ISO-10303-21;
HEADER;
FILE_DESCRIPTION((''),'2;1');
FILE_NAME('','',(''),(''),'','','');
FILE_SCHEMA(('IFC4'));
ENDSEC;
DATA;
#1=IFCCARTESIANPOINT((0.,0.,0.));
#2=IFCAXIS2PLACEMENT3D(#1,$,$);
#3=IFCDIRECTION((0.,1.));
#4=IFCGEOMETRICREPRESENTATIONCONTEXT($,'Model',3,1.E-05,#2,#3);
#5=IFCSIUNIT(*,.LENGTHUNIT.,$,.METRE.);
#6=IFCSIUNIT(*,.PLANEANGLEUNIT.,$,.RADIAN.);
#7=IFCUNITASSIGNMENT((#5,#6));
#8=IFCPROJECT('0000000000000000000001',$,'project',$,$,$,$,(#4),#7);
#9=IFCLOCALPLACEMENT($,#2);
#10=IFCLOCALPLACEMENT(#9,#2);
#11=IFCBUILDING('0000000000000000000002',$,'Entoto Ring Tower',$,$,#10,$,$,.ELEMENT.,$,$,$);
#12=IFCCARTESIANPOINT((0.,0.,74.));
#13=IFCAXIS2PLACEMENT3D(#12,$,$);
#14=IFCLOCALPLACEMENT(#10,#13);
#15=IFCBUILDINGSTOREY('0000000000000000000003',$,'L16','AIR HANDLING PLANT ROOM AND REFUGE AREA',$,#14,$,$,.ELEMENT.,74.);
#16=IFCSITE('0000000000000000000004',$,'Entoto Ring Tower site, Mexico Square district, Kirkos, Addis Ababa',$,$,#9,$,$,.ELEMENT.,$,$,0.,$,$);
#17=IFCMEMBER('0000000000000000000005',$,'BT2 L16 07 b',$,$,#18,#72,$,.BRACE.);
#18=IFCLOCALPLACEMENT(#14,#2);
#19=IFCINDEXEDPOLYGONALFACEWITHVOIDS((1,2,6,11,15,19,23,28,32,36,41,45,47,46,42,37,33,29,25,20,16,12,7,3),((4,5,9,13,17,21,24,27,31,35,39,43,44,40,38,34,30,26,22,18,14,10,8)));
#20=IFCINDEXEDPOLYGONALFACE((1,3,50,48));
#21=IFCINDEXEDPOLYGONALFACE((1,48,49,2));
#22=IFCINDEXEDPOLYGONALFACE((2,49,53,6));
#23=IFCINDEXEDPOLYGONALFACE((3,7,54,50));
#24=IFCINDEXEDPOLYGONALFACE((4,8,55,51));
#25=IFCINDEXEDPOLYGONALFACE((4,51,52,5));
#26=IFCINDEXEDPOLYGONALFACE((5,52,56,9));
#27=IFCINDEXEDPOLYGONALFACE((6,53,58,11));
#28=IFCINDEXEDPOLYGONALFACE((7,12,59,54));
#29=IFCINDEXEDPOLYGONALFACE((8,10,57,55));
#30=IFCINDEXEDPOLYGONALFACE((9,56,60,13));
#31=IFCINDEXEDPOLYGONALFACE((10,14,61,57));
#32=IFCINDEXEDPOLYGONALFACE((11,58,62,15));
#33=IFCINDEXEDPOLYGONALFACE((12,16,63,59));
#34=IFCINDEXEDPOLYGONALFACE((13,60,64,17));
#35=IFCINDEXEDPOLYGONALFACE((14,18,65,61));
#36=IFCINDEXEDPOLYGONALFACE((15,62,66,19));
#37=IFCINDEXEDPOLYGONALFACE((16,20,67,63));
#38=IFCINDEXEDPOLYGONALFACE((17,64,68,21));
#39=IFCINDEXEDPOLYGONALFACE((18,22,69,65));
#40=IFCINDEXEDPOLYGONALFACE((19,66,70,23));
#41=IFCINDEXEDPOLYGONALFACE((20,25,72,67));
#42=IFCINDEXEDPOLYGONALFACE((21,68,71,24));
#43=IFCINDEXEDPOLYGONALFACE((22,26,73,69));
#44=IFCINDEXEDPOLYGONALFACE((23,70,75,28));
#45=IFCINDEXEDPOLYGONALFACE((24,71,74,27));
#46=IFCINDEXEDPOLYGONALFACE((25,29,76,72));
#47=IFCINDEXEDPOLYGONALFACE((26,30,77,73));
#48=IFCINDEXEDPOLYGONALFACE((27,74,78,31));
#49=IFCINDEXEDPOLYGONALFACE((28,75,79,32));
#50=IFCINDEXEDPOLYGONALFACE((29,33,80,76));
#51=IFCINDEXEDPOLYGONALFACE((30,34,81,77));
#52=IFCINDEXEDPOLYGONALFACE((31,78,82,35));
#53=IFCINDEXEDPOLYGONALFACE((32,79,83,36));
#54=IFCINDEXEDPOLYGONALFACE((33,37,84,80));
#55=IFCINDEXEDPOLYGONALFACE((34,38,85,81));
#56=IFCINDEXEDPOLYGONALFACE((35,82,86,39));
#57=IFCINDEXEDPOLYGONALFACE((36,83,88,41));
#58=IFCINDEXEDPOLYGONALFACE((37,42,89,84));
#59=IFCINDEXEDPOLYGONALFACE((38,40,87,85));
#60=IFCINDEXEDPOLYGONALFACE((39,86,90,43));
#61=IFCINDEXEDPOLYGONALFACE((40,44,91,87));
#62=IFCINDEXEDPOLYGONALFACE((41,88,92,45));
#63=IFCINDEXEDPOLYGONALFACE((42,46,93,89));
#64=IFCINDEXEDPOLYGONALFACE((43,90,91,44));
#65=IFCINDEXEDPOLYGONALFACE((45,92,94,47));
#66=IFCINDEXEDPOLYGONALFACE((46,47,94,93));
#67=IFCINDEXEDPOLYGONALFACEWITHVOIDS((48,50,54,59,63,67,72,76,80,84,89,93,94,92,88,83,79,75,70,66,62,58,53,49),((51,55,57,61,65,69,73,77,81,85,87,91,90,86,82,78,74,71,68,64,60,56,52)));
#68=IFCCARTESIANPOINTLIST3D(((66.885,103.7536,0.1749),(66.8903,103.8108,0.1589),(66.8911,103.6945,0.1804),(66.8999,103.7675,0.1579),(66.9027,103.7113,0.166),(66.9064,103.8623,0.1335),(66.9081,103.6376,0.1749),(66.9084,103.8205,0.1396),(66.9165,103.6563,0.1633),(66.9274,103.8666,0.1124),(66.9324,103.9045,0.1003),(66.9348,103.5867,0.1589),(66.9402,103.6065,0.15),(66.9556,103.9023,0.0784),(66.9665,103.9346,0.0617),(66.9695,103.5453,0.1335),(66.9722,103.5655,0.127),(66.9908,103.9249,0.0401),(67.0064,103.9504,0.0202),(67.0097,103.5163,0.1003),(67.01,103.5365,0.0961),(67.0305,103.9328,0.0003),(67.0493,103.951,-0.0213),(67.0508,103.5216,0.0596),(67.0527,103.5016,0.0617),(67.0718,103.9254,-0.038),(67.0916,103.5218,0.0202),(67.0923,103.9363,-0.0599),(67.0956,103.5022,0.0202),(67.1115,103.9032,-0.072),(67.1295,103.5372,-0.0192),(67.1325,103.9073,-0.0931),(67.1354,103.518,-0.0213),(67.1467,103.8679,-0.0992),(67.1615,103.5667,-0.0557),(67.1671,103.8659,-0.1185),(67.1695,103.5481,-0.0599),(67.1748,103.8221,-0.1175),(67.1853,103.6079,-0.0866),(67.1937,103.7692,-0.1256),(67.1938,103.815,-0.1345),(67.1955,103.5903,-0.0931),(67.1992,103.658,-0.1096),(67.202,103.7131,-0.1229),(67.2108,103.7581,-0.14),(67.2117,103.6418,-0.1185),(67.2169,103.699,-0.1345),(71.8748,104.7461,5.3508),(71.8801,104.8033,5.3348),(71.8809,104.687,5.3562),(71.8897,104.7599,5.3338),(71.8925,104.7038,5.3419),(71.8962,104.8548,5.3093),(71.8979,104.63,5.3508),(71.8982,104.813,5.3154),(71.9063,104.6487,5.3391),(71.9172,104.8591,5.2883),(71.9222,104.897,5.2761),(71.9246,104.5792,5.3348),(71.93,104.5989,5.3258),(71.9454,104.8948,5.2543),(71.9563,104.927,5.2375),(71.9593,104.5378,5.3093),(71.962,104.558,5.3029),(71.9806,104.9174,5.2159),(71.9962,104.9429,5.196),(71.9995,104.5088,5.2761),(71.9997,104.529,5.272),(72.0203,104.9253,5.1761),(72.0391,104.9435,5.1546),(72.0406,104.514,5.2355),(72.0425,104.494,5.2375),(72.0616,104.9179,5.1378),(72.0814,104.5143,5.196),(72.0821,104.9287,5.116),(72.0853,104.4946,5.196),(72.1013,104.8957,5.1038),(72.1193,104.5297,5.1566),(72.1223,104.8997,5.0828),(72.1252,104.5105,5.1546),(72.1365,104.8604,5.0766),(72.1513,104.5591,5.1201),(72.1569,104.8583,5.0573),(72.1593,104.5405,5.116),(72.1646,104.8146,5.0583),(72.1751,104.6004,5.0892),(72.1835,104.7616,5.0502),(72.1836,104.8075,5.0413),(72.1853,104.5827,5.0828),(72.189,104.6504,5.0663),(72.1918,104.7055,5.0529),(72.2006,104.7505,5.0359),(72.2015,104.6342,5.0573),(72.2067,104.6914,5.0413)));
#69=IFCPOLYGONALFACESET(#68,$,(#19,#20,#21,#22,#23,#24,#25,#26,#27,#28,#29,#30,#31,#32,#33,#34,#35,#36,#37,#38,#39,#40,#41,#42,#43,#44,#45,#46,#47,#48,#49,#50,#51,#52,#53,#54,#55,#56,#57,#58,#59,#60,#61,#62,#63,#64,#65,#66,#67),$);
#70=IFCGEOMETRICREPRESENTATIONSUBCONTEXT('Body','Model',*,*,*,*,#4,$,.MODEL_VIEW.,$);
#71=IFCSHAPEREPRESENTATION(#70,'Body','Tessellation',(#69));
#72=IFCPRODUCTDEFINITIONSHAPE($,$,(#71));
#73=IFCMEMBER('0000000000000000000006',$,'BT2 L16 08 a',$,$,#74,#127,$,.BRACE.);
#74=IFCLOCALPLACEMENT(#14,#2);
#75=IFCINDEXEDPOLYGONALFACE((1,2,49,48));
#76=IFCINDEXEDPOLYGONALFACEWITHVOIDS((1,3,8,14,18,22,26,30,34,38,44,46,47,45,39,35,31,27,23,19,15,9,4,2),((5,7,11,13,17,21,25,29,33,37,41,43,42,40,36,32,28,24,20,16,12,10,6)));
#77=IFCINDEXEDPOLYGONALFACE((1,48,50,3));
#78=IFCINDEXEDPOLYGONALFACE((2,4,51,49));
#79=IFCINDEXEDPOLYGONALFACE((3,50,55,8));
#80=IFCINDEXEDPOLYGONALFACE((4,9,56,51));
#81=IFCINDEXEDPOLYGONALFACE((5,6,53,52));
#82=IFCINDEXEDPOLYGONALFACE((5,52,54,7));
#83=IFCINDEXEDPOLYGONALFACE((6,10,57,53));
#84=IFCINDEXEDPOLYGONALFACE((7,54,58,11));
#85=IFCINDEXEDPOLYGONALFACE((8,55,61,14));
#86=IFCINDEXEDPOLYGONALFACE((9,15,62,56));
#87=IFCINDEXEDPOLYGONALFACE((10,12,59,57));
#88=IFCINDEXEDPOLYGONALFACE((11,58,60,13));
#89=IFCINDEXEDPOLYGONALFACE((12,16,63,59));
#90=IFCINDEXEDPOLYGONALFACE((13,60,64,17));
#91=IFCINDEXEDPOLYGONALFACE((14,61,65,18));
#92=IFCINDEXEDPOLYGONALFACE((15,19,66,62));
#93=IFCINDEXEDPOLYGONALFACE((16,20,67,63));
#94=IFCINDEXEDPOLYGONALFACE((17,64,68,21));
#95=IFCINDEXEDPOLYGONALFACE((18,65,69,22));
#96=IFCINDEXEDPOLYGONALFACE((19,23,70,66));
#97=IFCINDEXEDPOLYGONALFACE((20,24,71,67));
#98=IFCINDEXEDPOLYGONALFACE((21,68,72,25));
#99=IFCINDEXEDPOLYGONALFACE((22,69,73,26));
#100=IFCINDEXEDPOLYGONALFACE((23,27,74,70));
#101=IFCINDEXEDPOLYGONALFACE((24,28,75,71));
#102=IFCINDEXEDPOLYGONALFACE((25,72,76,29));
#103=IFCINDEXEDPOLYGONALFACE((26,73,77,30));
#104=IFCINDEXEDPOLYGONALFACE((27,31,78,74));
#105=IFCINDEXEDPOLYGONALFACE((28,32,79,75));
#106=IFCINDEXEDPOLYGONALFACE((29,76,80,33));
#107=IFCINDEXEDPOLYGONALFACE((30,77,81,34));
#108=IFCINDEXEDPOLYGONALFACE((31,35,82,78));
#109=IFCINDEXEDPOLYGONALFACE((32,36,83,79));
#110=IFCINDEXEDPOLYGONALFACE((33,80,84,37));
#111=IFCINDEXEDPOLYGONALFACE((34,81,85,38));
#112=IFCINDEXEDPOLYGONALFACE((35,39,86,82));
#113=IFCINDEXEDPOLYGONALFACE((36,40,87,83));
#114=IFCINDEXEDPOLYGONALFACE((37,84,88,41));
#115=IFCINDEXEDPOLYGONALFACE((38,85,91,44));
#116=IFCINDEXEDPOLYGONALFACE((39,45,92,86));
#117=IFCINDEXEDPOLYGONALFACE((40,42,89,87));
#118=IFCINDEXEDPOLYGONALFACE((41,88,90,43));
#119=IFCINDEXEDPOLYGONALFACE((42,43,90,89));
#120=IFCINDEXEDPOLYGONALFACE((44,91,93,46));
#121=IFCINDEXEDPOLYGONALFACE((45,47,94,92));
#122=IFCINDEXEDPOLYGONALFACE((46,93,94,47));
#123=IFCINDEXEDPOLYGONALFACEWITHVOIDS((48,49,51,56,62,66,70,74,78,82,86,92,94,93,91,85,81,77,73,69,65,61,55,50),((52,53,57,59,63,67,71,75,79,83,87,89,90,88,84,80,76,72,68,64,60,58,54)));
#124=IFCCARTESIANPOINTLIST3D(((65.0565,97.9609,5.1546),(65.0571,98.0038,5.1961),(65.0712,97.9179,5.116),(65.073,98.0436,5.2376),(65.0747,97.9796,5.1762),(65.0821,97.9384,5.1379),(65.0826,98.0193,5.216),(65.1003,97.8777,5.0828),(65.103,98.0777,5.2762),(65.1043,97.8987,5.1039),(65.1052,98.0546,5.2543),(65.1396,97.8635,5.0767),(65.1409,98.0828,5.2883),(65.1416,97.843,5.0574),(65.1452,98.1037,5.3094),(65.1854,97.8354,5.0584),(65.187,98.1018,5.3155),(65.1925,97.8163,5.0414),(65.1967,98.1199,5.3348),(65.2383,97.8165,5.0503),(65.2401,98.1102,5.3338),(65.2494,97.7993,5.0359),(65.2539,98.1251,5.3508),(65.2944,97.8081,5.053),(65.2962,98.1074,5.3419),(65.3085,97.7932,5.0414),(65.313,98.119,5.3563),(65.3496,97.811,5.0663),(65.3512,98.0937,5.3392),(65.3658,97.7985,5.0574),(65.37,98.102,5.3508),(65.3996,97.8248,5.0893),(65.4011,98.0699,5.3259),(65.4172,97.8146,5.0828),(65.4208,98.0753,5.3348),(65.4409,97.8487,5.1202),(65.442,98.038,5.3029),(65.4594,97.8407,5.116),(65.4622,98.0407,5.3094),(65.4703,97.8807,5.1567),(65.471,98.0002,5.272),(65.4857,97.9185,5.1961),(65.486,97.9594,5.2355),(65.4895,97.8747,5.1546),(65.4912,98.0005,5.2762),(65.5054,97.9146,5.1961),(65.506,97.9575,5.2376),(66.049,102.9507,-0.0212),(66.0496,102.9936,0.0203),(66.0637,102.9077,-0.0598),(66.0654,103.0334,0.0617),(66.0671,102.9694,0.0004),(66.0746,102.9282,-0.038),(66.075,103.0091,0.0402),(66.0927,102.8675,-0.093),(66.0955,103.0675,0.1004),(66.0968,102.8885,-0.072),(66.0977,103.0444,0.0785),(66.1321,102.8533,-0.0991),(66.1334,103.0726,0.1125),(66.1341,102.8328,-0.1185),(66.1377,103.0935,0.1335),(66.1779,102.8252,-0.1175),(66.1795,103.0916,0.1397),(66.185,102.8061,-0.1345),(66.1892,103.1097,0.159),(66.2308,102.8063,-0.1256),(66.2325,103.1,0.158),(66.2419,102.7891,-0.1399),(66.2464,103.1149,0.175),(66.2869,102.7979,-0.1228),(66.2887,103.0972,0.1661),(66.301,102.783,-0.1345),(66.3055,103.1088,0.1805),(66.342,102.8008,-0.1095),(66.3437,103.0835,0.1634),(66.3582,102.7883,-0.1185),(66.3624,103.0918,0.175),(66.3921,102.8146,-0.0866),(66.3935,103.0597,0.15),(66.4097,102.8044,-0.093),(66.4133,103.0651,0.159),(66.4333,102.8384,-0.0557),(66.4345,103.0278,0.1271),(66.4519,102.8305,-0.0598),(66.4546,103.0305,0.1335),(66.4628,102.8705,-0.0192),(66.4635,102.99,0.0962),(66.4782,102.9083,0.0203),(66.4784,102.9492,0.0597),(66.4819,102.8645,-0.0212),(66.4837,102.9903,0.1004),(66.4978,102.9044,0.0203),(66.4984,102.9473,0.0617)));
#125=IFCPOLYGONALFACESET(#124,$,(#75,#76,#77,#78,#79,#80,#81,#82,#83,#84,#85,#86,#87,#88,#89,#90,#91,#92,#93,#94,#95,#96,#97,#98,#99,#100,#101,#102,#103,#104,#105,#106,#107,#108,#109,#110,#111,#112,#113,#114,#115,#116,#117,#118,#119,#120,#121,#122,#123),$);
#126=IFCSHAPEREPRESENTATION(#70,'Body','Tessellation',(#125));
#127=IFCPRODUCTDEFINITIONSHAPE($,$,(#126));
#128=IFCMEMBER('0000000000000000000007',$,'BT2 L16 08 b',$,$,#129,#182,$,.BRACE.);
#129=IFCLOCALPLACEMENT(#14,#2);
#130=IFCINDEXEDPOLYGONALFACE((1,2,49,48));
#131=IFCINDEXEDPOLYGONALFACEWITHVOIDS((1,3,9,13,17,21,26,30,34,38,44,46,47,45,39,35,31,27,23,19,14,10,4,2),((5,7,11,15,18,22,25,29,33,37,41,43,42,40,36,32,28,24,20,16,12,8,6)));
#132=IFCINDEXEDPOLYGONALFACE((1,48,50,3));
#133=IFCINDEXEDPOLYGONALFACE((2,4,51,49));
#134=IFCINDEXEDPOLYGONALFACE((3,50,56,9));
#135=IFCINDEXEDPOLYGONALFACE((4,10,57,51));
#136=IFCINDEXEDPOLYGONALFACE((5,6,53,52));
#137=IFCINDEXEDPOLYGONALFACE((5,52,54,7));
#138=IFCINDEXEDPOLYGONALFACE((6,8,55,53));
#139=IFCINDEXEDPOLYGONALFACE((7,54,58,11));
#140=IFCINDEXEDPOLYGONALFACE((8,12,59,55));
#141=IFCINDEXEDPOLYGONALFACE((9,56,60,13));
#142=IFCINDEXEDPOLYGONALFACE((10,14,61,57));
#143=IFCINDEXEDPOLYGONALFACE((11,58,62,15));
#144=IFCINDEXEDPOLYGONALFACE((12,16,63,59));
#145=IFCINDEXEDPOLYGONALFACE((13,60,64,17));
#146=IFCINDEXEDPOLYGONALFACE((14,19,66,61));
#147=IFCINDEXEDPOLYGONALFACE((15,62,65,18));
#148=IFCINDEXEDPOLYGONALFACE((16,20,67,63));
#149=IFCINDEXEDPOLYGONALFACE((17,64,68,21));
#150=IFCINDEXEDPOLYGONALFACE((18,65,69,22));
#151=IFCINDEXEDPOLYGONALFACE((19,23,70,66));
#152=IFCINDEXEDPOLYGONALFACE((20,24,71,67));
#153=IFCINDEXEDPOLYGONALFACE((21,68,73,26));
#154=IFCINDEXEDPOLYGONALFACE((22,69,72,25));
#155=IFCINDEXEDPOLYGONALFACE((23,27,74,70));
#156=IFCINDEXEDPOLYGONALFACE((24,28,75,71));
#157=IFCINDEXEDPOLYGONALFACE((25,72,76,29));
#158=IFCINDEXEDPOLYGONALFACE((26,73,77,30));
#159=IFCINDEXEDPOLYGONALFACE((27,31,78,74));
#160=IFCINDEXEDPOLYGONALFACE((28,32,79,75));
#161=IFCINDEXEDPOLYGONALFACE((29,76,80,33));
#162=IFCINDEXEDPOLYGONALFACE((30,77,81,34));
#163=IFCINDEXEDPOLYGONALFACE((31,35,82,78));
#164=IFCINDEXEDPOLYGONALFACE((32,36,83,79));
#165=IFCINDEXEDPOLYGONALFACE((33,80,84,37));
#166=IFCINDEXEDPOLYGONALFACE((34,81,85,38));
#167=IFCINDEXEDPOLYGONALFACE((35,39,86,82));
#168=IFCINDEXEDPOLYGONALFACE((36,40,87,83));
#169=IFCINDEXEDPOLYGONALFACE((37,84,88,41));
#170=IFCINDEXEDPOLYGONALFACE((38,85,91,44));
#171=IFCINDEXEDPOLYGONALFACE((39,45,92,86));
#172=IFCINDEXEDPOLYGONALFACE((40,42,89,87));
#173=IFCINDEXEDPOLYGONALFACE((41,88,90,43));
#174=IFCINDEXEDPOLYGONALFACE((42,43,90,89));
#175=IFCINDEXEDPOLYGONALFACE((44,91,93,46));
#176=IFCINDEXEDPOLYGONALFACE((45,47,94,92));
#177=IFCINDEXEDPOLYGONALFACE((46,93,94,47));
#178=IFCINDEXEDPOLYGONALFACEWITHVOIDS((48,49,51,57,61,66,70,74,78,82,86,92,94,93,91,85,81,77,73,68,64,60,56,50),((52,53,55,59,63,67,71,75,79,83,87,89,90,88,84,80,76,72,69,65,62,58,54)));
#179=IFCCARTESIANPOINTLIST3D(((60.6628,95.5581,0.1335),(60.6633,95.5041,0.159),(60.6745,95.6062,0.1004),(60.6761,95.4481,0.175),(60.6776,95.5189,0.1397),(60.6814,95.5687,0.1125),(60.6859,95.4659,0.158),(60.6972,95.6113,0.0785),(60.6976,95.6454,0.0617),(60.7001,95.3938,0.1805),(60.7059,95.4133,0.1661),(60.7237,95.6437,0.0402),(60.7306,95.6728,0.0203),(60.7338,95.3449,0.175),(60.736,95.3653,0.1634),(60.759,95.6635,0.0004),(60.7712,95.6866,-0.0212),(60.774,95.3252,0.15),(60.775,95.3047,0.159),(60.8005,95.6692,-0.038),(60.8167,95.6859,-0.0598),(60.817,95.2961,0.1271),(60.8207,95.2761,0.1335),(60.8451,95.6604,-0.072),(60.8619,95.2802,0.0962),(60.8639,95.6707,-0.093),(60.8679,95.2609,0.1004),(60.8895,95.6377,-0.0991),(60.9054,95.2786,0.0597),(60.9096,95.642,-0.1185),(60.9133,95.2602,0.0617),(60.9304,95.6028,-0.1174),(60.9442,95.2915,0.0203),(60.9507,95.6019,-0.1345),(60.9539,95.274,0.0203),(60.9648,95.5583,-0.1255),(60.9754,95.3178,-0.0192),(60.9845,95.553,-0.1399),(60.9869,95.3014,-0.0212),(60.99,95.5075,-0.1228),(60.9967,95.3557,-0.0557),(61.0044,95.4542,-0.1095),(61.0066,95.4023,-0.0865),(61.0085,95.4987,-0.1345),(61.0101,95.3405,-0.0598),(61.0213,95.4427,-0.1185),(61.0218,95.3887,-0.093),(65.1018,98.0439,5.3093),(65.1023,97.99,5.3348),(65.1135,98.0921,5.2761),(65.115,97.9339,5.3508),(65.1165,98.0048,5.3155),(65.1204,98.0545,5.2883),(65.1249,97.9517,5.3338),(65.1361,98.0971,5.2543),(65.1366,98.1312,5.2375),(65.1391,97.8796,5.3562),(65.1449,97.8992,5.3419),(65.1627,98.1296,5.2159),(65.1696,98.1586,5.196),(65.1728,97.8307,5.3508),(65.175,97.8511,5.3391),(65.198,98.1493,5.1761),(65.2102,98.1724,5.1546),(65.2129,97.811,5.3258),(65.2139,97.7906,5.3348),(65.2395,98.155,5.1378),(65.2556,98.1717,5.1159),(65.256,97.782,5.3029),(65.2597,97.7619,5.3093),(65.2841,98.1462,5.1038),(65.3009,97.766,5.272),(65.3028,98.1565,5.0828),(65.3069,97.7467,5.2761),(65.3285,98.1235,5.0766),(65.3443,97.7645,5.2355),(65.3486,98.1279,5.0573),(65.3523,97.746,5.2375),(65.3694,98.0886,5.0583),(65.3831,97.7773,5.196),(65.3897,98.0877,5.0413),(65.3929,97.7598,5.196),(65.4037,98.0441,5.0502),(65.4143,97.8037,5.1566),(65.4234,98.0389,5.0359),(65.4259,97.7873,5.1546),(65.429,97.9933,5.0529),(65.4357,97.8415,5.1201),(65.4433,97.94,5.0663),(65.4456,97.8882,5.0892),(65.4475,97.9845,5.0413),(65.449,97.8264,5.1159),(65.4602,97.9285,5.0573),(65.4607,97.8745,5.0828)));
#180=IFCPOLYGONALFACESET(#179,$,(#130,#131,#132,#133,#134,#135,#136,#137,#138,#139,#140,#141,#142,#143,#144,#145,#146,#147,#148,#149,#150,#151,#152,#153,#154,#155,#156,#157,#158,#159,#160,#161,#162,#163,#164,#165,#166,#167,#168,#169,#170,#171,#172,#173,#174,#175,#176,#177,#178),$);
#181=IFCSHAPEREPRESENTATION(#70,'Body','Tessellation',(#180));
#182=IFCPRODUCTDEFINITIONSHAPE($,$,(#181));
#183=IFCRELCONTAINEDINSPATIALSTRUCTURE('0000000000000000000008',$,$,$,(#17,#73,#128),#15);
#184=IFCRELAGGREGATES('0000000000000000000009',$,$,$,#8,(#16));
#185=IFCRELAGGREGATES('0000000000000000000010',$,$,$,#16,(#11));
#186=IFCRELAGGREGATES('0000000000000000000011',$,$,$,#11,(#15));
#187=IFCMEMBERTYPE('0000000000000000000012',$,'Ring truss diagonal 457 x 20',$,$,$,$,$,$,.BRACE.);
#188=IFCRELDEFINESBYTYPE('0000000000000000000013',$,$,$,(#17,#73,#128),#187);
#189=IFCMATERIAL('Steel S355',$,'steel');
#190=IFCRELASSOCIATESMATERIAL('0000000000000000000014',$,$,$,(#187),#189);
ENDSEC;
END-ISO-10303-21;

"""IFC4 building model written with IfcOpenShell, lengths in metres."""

from ifc_helpers import new_model, si_unit, direction, frame, origin, origin_2d, place, context, subcontext, project, spatial, circle, hollow_circle, extrude, material, material_profile, profile_set, type_object, element, save


model = new_model("IFC4")

# Units and contexts
model_context = context("Model", 3, precision=1e-05, world=origin(), true_north=direction((0.0, 1.0)))
body_context = subcontext(model_context, "Body", "Model", "MODEL_VIEW")
ifc_project = project(units=[si_unit("LENGTHUNIT", "METRE"), si_unit("PLANEANGLEUNIT", "RADIAN")], contexts=[model_context])

# Site, building, storey
site_placement = place(None, origin())
site = spatial("IfcSite", under=ifc_project, at=site_placement, Name="Entoto Ring Tower site, Mexico Square district, Kirkos, Addis Ababa", CompositionType="ELEMENT", RefElevation=0.0)
building_placement = place(site_placement, origin())
building = spatial("IfcBuilding", under=site, at=building_placement, Name="Entoto Ring Tower", CompositionType="ELEMENT")
storey_placement = place(building_placement, frame((0.0, 0.0, 74.0)))
storey = spatial("IfcBuildingStorey", under=building, at=storey_placement, Name="L16", Description="AIR HANDLING PLANT ROOM AND REFUGE AREA", CompositionType="ELEMENT", Elevation=74.0)

# Members
ifc_material_1 = material(Name="Steel S355", Category="steel")
ifc_material_profile_1 = material_profile(ifc_material_1, hollow_circle(Radius=0.2285, WallThickness=0.02, at=origin_2d()), Name="CHS 457 x 20")
ifc_material_2 = material(Name="Concrete C60/75", Category="concrete")
ifc_material_profile_2 = material_profile(ifc_material_2, circle(Radius=0.2085, at=origin_2d()), Name="Concrete C60/75 infill")
ifc_profile_set_1 = profile_set([ifc_material_profile_1, ifc_material_profile_2], Name="Steel S355")
member_type_1 = type_object("IfcMemberType", Name="Ring truss diagonal 457 x 20", PredefinedType="BRACE", material=ifc_profile_set_1)
for number, where, z_axis, x_axis, name in (
    (1, (72.0408, 104.7188, 5.196), (-0.68753, -0.136746, -0.713164), (0.195073, -0.980789, 0.0), "BT2 L16 07 b"),
    (2, (66.2737, 102.949, 0.0203), (-0.136746, -0.68753, 0.713164), (0.980789, -0.195073, 0.0), "BT2 L16 08 a"),
    (3, (65.2812, 97.9592, 5.196), (-0.611631, -0.342516, -0.713155), (0.488606, -0.872504, 0.0), "BT2 L16 08 b"),
):
    element("IfcMember", number, at=place(storey_placement, frame(where, z_axis=z_axis, x_axis=x_axis)), inside=storey, type_object=member_type_1, Name=name, PredefinedType="BRACE", context=body_context, shape_type="SweptSolid", body=[
        extrude(hollow_circle(Radius=0.2285, WallThickness=0.02, at=origin_2d()), origin(), (0.0, 0.0, 1.0), 7.2576),
    ])

save(model, "model.ifc")
